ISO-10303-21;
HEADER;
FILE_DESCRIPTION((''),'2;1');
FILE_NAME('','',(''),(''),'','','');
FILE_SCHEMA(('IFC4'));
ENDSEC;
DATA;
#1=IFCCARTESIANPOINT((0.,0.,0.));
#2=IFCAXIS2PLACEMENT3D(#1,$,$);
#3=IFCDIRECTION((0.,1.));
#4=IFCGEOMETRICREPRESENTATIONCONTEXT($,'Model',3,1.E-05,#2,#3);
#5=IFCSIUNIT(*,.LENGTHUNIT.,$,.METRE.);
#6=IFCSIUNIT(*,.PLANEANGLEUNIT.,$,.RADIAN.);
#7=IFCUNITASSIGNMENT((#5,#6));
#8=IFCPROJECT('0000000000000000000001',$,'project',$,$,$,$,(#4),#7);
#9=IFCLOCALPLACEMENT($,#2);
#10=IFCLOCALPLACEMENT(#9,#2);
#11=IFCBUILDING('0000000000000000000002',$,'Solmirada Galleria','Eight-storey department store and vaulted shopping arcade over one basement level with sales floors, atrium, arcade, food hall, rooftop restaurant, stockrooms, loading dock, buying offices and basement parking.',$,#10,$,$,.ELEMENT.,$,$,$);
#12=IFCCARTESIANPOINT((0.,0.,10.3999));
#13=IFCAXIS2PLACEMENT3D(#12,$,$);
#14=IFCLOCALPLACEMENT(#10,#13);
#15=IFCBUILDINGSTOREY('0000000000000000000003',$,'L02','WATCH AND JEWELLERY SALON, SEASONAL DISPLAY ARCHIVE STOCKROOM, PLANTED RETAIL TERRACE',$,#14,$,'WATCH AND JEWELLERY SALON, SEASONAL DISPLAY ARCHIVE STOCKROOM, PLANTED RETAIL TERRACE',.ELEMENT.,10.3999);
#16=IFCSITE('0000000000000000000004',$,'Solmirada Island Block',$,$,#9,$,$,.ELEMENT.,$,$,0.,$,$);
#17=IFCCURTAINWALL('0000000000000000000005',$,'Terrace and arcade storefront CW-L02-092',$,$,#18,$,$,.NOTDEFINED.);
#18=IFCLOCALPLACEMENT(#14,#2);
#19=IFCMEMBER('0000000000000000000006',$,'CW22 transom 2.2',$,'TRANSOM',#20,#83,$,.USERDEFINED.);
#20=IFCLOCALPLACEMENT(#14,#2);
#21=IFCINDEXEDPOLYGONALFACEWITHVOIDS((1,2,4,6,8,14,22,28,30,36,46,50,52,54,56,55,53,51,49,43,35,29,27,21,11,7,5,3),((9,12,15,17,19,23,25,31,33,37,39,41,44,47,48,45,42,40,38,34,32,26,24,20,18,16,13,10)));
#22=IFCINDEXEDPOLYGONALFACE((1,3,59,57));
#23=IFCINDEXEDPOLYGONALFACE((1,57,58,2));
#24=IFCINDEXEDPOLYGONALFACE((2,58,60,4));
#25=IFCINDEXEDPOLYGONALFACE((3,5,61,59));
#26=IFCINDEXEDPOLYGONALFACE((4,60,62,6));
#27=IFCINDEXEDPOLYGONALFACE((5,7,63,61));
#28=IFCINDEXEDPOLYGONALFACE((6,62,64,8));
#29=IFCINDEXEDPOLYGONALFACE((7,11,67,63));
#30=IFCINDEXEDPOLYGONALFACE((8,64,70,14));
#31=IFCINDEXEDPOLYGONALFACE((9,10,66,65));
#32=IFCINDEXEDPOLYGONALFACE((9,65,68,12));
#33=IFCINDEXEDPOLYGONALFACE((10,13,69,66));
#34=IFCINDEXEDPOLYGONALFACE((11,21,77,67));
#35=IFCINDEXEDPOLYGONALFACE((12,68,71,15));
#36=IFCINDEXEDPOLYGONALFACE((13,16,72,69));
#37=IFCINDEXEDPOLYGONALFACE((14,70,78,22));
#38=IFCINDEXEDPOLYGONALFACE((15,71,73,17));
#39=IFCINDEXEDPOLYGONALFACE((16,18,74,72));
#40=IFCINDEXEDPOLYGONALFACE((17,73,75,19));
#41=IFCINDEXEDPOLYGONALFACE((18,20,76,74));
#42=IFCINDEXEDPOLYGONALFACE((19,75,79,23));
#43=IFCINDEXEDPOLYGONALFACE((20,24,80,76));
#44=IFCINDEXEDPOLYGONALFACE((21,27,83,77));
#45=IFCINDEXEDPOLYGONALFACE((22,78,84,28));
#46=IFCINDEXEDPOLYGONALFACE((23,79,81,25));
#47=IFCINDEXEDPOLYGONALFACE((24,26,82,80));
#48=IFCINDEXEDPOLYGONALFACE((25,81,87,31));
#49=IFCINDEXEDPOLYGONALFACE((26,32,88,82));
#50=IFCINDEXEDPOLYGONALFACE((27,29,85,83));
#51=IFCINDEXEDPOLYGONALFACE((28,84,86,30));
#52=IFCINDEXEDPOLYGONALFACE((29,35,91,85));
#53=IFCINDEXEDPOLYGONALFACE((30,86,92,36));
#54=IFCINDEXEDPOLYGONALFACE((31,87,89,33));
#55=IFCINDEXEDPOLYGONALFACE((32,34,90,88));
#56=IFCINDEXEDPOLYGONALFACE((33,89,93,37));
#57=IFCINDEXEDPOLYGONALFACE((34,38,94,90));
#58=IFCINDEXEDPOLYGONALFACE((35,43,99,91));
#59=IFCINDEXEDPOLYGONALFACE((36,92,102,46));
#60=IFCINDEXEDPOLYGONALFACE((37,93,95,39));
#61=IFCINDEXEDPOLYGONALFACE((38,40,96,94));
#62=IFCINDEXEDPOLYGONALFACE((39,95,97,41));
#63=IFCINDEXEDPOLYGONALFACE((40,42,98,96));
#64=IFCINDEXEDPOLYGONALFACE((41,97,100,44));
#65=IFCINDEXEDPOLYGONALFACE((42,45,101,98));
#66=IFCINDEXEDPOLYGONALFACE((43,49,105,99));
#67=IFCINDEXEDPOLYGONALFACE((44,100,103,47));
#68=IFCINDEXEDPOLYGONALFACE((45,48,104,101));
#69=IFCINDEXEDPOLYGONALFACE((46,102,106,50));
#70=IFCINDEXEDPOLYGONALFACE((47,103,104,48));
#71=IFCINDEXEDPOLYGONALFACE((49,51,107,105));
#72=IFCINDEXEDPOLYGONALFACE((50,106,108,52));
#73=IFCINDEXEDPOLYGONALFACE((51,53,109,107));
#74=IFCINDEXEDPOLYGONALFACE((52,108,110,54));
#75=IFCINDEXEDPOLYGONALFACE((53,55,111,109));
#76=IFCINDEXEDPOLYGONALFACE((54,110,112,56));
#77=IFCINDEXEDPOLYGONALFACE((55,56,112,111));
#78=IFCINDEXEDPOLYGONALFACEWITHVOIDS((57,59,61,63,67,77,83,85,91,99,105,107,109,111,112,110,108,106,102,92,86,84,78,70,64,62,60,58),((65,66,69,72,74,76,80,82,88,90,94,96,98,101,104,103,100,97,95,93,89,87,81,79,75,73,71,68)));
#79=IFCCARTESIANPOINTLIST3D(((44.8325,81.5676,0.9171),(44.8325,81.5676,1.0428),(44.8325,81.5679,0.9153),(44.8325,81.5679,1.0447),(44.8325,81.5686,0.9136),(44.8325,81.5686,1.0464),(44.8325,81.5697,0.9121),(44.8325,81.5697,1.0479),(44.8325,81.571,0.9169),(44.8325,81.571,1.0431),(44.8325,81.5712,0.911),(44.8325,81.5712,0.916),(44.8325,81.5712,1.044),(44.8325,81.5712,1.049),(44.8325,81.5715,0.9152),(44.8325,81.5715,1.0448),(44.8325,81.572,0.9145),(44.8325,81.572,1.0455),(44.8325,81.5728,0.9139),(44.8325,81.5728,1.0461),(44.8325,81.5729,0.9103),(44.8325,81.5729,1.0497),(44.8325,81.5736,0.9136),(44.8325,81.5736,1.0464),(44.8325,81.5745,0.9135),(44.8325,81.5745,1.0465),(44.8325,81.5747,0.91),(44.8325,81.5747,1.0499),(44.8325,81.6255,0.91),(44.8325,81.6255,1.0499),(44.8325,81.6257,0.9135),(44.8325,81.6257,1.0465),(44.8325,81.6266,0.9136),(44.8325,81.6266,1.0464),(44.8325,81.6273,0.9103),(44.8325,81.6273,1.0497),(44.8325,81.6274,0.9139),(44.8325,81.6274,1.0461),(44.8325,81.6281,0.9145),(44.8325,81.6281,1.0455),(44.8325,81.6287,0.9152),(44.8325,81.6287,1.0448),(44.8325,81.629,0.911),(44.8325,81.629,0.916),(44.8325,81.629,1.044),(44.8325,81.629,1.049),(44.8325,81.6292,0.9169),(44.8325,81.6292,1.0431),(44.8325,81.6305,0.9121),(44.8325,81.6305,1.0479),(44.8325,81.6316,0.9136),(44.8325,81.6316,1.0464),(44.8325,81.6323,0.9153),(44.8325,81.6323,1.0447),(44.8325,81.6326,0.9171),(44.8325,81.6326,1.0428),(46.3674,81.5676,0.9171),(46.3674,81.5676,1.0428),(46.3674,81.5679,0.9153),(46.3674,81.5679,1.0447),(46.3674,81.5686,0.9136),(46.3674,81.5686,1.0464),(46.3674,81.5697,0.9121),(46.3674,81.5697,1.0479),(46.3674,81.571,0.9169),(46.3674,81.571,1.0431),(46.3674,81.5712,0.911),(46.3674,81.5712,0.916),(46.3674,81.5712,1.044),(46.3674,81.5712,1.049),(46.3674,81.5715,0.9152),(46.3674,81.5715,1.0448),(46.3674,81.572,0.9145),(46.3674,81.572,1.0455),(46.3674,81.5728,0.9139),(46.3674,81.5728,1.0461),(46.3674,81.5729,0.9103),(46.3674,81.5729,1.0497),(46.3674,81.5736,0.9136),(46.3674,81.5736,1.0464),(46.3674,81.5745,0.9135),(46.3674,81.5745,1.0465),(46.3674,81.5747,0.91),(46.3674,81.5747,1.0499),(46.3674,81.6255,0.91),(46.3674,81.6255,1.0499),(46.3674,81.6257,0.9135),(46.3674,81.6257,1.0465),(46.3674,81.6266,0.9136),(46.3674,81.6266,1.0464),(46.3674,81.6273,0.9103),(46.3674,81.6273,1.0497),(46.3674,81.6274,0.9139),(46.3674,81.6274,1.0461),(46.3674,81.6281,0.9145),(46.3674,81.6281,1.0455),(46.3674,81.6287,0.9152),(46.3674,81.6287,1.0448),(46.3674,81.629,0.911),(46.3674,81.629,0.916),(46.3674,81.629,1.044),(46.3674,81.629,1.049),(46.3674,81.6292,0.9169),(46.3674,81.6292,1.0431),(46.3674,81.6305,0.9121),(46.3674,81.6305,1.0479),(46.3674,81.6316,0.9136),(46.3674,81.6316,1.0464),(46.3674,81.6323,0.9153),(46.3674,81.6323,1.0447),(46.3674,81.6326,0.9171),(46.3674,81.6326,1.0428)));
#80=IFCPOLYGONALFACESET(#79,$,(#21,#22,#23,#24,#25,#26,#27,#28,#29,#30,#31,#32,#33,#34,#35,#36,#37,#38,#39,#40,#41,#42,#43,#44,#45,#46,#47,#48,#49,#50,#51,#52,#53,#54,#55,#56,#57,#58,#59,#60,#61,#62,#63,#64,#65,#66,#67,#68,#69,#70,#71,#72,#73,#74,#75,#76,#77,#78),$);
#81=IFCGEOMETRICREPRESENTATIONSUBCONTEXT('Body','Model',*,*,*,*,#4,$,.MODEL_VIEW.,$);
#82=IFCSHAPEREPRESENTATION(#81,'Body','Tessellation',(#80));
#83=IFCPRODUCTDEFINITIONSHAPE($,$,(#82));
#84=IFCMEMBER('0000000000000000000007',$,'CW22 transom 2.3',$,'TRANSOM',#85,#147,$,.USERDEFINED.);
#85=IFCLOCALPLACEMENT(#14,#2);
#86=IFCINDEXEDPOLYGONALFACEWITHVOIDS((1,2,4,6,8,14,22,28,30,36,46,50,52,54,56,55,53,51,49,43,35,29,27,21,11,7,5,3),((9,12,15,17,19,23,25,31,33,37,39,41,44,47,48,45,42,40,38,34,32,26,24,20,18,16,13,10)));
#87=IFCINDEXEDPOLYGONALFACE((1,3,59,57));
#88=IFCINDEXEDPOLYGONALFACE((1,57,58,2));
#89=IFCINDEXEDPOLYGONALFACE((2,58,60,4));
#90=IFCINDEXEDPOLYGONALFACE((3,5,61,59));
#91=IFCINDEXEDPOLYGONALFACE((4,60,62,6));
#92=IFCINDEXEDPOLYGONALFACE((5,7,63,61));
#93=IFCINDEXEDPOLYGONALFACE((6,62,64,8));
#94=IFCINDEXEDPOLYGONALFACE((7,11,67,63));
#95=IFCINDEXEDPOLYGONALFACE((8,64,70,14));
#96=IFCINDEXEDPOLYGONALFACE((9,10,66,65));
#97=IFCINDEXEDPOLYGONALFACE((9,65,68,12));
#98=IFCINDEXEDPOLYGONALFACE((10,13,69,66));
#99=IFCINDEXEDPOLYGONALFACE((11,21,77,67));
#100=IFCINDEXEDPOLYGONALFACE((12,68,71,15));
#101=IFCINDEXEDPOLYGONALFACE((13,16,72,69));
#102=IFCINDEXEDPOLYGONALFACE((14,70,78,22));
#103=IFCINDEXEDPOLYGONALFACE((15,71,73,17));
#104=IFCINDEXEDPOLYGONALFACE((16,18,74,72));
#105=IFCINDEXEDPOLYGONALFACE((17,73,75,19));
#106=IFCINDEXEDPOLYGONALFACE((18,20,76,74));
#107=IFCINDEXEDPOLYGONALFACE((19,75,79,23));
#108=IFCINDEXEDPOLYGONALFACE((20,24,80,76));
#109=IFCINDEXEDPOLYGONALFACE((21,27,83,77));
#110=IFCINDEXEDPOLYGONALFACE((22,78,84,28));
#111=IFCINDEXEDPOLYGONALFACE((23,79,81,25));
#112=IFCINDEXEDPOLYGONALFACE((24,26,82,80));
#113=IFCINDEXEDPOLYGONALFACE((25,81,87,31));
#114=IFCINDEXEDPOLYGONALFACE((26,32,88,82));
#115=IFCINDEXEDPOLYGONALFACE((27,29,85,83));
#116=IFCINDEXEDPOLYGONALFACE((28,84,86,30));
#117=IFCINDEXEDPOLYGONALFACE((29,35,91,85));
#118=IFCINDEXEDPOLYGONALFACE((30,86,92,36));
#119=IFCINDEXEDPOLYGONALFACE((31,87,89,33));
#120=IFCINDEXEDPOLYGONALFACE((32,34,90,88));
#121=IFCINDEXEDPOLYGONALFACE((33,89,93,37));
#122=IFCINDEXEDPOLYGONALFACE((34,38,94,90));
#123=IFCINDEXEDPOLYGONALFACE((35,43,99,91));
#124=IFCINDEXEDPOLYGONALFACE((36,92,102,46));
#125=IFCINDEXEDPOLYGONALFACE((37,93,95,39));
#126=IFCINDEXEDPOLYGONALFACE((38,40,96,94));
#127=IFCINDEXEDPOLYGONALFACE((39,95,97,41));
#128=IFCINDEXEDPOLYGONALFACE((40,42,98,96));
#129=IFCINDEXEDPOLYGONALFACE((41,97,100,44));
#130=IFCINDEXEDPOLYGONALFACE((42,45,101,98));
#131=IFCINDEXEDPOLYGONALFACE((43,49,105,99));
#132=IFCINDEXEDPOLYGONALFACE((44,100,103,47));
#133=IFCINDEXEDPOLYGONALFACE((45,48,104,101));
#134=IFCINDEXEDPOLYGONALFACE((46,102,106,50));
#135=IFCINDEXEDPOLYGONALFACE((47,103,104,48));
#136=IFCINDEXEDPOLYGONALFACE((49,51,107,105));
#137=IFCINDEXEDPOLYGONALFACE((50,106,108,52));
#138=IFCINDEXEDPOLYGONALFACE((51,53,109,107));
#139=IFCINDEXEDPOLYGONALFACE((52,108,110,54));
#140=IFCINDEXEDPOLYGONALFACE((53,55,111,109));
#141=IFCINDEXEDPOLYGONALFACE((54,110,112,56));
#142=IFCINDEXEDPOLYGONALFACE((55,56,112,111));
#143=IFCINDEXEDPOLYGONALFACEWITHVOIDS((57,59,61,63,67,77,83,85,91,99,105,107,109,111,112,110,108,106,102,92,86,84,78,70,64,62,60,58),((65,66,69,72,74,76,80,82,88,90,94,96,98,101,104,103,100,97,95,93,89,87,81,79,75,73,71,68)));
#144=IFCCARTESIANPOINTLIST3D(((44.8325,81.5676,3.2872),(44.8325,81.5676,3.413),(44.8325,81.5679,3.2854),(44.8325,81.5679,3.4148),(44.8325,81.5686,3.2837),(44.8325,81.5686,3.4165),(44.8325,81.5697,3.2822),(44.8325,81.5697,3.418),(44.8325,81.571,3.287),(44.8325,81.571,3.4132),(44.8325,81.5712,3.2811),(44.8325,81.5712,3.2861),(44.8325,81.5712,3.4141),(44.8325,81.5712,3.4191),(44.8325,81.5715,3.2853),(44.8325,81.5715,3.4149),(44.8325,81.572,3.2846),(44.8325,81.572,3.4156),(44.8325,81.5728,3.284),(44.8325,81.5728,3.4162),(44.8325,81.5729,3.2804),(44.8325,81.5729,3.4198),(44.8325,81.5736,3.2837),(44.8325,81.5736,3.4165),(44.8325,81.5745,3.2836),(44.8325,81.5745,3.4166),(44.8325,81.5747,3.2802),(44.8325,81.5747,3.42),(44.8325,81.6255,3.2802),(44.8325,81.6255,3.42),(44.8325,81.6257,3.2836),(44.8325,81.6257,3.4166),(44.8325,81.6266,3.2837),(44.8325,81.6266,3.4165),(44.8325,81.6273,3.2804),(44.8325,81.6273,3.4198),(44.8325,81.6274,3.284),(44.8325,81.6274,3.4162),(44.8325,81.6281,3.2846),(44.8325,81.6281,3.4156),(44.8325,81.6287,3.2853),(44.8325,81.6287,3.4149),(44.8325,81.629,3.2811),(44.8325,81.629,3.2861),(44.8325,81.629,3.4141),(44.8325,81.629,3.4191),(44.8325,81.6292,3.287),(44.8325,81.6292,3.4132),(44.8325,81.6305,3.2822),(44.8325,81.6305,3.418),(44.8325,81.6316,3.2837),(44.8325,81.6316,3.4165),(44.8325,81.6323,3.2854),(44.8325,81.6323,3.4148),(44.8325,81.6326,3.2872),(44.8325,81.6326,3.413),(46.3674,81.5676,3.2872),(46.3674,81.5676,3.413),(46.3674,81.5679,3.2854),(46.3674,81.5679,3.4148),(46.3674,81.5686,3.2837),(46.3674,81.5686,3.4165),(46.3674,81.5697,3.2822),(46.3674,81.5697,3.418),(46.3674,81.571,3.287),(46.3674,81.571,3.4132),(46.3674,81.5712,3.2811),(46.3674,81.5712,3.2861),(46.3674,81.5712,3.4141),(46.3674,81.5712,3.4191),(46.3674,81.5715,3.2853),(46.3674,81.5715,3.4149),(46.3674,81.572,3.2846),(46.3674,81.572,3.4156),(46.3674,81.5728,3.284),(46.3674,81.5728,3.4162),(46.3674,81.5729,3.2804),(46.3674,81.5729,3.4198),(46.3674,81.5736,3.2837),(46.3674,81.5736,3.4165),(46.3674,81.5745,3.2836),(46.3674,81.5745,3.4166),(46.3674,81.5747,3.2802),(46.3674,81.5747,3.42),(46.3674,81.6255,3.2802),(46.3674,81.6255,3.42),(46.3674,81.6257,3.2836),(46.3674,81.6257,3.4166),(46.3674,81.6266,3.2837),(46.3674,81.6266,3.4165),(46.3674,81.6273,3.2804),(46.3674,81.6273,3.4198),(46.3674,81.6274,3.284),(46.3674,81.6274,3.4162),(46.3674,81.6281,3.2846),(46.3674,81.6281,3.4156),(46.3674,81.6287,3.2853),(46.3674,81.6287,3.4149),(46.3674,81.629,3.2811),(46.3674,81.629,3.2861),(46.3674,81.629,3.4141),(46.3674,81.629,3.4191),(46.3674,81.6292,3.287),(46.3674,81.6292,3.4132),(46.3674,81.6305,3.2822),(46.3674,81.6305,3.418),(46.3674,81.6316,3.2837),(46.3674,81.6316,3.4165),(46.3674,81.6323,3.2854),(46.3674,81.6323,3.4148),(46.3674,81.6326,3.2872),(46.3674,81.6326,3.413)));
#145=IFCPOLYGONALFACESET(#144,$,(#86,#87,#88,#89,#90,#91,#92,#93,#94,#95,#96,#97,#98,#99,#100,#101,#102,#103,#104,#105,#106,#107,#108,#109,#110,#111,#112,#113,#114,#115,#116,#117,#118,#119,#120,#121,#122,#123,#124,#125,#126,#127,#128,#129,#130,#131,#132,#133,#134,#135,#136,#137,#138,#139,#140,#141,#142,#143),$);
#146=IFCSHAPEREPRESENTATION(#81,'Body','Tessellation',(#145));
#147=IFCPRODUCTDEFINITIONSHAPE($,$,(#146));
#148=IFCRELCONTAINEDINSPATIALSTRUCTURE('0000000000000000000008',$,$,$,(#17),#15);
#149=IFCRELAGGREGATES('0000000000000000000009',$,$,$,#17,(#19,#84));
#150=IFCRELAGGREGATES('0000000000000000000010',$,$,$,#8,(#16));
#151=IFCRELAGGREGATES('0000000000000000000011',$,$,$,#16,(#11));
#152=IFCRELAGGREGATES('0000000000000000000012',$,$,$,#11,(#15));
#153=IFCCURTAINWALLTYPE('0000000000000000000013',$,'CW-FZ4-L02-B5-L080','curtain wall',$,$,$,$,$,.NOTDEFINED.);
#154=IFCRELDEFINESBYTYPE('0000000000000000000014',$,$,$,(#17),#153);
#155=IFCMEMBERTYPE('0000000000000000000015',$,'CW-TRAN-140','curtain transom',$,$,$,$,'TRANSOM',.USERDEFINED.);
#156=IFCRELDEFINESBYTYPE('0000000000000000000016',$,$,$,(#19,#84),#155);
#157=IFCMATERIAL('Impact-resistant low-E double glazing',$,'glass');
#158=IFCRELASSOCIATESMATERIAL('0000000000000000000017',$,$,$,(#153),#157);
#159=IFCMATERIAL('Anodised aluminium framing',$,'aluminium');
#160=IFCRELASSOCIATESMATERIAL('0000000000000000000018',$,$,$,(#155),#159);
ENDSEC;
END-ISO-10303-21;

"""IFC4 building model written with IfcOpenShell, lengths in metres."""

from ifc_helpers import new_model, si_unit, direction, frame, origin, origin_2d, place, context, subcontext, project, spatial, hollow_rectangle, extrude, material, material_profile, profile_set, type_object, element, aggregate, save


model = new_model("IFC4")

# Units and contexts
model_context = context("Model", 3, precision=1e-05, world=origin(), true_north=direction((0.0, 1.0)))
body_context = subcontext(model_context, "Body", "Model", "MODEL_VIEW")
ifc_project = project(units=[si_unit("LENGTHUNIT", "METRE"), si_unit("PLANEANGLEUNIT", "RADIAN")], contexts=[model_context])

# Site, building, storey
site_placement = place(None, origin())
site = spatial("IfcSite", under=ifc_project, at=site_placement, Name="Solmirada Island Block", CompositionType="ELEMENT", RefElevation=0.0)
building_placement = place(site_placement, origin())
building = spatial("IfcBuilding", under=site, at=building_placement, Name="Solmirada Galleria", Description="Eight-storey department store and vaulted shopping arcade over one basement level with sales floors, atrium, arcade, food hall, rooftop restaurant, stockrooms, loading dock, buying offices and basement parking.", CompositionType="ELEMENT")
storey_placement = place(building_placement, frame((0.0, 0.0, 10.3999)))
storey = spatial("IfcBuildingStorey", under=building, at=storey_placement, Name="L02", Description="WATCH AND JEWELLERY SALON, SEASONAL DISPLAY ARCHIVE STOCKROOM, PLANTED RETAIL TERRACE", LongName="WATCH AND JEWELLERY SALON, SEASONAL DISPLAY ARCHIVE STOCKROOM, PLANTED RETAIL TERRACE", CompositionType="ELEMENT", Elevation=10.3999)

# Curtain wall, members
ifc_material_1 = material(Name="Impact-resistant low-E double glazing", Category="glass")
curtain_wall_type = type_object("IfcCurtainWallType", Name="CW-FZ4-L02-B5-L080", Description="curtain wall", PredefinedType="NOTDEFINED", material=ifc_material_1)
curtain_wall_placement = place(storey_placement, origin())
curtain_wall = element("IfcCurtainWall", 1, at=curtain_wall_placement, inside=storey, type_object=curtain_wall_type, Name="Terrace and arcade storefront CW-L02-092", PredefinedType="NOTDEFINED")
ifc_material_2 = material(Name="Anodised aluminium framing", Category="aluminium")
ifc_material_profile_1 = material_profile(ifc_material_2, hollow_rectangle(XDim=0.0649, YDim=0.1399, WallThickness=0.0034, InnerFilletRadius=0.0034, OuterFilletRadius=0.0071, at=origin_2d()), Name="ALU-TRAN-140X65")
ifc_profile_set_1 = profile_set([ifc_material_profile_1], Name="Anodised aluminium framing")
member_type_1 = type_object("IfcMemberType", Name="CW-TRAN-140", Description="curtain transom", ElementType="TRANSOM", PredefinedType="USERDEFINED", material=ifc_profile_set_1)
member_1_placement = place(storey_placement, frame((46.3674, 81.6001, 0.98), z_axis=(-1.0, 0.0, 0.0), x_axis=(0.0, -1.0, 0.0)))
member_1 = element("IfcMember", 2, at=member_1_placement, type_object=member_type_1, Name="CW22 transom 2.2", ObjectType="TRANSOM", PredefinedType="USERDEFINED", context=body_context, shape_type="SweptSolid", body=[
    extrude(hollow_rectangle(XDim=0.0649, YDim=0.1399, WallThickness=0.0034, InnerFilletRadius=0.0034, OuterFilletRadius=0.0071, at=origin_2d()), origin(), (0.0, 0.0, 1.0), 1.5349),
])
member_2_placement = place(storey_placement, frame((46.3674, 81.6001, 3.3501), z_axis=(-1.0, 0.0, 0.0), x_axis=(0.0, -1.0, 0.0)))
member_2 = element("IfcMember", 3, at=member_2_placement, type_object=member_type_1, Name="CW22 transom 2.3", ObjectType="TRANSOM", PredefinedType="USERDEFINED", context=body_context, shape_type="SweptSolid", body=[
    extrude(hollow_rectangle(XDim=0.0649, YDim=0.1399, WallThickness=0.0034, InnerFilletRadius=0.0034, OuterFilletRadius=0.0071, at=origin_2d()), origin(), (0.0, 0.0, 1.0), 1.5349),
])
aggregate(curtain_wall, [member_1, member_2])

save(model, "model.ifc")
